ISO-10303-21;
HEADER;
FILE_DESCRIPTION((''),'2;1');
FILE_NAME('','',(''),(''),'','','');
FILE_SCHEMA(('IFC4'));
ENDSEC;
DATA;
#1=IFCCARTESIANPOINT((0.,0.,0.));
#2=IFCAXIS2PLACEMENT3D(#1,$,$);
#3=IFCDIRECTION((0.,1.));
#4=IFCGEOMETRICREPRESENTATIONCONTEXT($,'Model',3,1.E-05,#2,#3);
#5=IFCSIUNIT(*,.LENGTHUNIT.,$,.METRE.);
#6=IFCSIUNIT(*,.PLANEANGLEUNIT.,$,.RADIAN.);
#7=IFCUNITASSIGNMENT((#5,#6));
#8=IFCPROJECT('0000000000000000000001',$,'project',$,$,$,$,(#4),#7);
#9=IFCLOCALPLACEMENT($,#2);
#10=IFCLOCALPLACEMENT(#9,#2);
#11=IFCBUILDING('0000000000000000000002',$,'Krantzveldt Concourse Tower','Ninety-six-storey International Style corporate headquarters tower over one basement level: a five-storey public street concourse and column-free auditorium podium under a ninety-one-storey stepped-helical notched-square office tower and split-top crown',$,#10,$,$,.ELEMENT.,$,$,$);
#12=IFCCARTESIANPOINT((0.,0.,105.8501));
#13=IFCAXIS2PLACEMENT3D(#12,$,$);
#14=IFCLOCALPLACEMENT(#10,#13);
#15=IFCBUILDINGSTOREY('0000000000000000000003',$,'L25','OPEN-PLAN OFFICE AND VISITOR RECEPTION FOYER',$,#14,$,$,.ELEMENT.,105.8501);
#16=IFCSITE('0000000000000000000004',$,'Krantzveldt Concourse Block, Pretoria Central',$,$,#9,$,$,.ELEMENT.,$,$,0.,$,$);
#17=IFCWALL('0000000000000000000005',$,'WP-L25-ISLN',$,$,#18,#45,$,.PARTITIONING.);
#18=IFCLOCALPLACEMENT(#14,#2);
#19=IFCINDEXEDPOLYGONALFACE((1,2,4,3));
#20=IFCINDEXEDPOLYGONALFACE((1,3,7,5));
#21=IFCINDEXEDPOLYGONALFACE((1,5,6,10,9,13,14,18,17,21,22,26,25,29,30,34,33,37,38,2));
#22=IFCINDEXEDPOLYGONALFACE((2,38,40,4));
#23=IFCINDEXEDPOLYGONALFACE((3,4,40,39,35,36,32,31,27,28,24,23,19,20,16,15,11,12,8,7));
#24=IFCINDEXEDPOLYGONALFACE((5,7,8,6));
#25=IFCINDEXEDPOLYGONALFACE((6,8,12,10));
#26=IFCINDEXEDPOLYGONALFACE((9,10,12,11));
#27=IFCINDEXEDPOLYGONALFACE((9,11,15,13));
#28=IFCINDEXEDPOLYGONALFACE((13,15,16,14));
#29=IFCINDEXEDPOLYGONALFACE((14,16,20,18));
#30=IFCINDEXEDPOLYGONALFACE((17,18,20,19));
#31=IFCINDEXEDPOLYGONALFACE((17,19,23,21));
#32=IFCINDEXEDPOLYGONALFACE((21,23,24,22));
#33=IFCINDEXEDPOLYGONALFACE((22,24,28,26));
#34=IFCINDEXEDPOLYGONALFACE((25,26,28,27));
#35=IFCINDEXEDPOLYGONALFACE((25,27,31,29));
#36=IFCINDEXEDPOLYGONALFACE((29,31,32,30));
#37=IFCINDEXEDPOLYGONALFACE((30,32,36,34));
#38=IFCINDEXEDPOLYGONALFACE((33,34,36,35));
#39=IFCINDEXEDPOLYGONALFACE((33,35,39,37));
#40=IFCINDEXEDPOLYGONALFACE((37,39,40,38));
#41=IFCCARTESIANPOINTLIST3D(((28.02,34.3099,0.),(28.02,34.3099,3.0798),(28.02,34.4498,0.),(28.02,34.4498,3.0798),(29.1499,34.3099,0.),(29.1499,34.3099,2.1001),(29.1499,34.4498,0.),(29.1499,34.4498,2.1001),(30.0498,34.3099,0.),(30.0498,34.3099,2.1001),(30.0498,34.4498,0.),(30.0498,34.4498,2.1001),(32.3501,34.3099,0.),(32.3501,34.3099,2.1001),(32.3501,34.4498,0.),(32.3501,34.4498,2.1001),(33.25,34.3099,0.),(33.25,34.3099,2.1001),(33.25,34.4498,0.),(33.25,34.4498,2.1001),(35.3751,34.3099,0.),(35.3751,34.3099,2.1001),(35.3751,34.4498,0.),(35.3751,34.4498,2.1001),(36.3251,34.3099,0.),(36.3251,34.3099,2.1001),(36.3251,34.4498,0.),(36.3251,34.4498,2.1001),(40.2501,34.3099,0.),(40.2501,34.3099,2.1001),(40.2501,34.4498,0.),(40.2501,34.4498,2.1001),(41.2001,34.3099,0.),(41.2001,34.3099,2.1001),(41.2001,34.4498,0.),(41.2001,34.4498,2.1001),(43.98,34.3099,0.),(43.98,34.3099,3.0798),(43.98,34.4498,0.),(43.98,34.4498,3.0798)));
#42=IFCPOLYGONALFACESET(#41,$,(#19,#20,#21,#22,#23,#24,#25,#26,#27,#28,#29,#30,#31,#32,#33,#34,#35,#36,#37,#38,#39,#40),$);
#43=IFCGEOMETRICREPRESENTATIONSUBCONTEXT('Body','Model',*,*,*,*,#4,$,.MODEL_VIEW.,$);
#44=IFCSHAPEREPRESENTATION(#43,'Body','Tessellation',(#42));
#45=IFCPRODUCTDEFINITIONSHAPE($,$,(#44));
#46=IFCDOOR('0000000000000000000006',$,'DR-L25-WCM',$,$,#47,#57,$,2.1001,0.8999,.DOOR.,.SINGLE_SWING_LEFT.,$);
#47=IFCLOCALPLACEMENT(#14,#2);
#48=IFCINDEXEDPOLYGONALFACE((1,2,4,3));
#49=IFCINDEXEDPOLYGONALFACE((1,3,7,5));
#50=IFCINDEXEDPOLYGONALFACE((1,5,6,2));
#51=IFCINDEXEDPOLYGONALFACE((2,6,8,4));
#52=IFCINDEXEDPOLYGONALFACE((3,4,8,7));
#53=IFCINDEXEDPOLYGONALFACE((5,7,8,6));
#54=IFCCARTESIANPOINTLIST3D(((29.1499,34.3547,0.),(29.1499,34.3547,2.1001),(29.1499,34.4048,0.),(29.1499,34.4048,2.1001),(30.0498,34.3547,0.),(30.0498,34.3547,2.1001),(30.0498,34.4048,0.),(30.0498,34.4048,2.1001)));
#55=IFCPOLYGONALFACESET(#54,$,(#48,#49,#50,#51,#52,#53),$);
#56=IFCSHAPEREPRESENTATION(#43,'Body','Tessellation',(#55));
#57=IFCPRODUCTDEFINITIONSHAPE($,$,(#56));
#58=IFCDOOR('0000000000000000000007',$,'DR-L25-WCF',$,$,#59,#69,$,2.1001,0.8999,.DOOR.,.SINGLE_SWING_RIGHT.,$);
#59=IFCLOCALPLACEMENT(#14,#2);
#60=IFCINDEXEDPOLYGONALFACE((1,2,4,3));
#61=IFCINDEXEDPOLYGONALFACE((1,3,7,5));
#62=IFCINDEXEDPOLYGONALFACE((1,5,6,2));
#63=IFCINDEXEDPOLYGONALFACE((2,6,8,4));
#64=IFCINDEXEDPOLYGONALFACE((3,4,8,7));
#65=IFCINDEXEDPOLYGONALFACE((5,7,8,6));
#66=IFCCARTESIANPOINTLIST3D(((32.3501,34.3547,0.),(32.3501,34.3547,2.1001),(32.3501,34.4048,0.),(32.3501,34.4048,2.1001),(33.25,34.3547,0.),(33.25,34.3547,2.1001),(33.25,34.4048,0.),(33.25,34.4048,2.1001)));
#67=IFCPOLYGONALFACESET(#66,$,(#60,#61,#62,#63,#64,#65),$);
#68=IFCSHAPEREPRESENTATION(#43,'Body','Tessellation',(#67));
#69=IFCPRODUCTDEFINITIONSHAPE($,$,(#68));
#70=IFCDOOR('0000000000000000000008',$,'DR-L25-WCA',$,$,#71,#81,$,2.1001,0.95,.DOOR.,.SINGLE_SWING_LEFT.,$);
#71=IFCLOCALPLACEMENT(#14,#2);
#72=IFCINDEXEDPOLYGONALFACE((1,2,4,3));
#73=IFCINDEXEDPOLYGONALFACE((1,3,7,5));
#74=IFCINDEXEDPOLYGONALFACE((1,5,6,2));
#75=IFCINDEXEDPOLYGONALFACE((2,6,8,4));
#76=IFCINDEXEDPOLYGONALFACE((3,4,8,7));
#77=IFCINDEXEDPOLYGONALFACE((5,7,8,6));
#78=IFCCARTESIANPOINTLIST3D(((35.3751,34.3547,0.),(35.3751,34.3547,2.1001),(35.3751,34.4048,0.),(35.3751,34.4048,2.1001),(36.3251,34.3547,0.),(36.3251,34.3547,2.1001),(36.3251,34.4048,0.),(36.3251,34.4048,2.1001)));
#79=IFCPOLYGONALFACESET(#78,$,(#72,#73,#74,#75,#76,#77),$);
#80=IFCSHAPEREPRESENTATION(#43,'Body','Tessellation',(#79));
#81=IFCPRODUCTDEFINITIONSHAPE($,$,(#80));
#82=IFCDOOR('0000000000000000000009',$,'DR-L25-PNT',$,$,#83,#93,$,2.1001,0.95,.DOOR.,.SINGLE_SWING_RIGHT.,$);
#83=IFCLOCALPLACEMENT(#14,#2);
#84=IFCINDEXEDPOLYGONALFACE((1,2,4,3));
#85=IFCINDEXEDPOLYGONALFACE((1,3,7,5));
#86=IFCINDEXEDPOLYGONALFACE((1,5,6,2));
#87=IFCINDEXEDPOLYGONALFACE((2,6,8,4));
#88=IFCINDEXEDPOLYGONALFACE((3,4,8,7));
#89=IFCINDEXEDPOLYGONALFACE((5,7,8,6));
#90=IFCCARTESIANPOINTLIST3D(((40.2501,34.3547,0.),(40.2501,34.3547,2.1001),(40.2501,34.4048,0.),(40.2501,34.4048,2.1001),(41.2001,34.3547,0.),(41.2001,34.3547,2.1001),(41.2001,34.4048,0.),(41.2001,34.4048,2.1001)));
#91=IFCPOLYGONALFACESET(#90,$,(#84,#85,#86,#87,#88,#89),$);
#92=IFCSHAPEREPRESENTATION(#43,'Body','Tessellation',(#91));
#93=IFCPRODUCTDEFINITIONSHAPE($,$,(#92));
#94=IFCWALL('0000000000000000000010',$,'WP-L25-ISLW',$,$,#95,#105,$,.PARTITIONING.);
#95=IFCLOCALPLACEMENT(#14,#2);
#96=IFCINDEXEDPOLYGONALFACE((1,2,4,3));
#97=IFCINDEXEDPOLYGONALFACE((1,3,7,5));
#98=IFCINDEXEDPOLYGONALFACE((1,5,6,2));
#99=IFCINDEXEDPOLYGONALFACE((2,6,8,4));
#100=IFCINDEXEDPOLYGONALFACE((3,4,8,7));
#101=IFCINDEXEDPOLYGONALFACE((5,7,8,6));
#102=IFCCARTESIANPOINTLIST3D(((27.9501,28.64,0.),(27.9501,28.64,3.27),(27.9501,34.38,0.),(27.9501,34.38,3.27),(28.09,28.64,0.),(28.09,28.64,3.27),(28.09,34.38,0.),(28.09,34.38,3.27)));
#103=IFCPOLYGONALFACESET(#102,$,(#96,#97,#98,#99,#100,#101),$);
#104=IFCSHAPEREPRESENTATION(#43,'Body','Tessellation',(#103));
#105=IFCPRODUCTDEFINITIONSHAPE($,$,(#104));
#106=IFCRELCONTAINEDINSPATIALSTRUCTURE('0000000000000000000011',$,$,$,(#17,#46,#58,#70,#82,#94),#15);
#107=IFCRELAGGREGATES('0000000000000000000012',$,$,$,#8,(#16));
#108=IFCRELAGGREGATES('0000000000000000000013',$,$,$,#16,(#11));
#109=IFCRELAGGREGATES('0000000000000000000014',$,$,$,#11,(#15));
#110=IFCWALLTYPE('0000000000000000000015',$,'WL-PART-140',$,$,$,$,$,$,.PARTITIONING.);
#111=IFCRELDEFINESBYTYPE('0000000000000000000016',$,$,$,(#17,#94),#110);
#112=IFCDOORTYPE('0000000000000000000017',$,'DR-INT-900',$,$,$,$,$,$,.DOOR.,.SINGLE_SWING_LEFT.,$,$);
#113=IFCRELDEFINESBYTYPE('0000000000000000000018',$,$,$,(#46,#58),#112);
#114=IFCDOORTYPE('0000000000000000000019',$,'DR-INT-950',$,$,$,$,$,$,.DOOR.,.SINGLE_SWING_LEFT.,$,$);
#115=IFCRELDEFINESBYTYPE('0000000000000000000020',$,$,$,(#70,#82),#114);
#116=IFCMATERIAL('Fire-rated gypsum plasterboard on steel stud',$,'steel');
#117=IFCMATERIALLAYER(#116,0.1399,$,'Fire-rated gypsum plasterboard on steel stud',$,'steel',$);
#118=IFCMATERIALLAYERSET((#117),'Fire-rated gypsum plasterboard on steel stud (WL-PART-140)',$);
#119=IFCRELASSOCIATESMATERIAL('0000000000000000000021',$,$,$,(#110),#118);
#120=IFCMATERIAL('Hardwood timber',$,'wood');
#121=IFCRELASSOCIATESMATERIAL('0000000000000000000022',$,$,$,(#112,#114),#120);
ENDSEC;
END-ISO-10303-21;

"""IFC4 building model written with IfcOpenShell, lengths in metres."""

from ifc_helpers import new_model, si_unit, direction, frame, frame_2d, origin, place, context, subcontext, project, spatial, rectangle, extrude, material, layer, layer_set, type_object, element, fill, save


model = new_model("IFC4")

# Units and contexts
model_context = context("Model", 3, precision=1e-05, world=origin(), true_north=direction((0.0, 1.0)))
body_context = subcontext(model_context, "Body", "Model", "MODEL_VIEW")
ifc_project = project(units=[si_unit("LENGTHUNIT", "METRE"), si_unit("PLANEANGLEUNIT", "RADIAN")], contexts=[model_context])

# Site, building, storey
site_placement = place(None, origin())
site = spatial("IfcSite", under=ifc_project, at=site_placement, Name="Krantzveldt Concourse Block, Pretoria Central", CompositionType="ELEMENT", RefElevation=0.0)
building_placement = place(site_placement, origin())
building = spatial("IfcBuilding", under=site, at=building_placement, Name="Krantzveldt Concourse Tower", Description="Ninety-six-storey International Style corporate headquarters tower over one basement level: a five-storey public street concourse and column-free auditorium podium under a ninety-one-storey stepped-helical notched-square office tower and split-top crown", CompositionType="ELEMENT")
storey_placement = place(building_placement, frame((0.0, 0.0, 105.8501)))
storey = spatial("IfcBuildingStorey", under=building, at=storey_placement, Name="L25", Description="OPEN-PLAN OFFICE AND VISITOR RECEPTION FOYER", CompositionType="ELEMENT", Elevation=105.8501)

# Shared definitions
ifc_material_1 = material(Name="Fire-rated gypsum plasterboard on steel stud", Category="steel")

# Shared definitions
ifc_layer_1 = layer(ifc_material_1, 0.1399, Name="Fire-rated gypsum plasterboard on steel stud", Category="steel")
ifc_layer_set_1 = layer_set([ifc_layer_1], Name="Fire-rated gypsum plasterboard on steel stud (WL-PART-140)")
wall_type_1 = type_object("IfcWallType", Name="WL-PART-140", PredefinedType="PARTITIONING", material=ifc_layer_set_1)
ifc_material_2 = material(Name="Hardwood timber", Category="wood")

# Wall, openings, doors
wall_1_placement = place(storey_placement, frame((28.02, 34.3799, 0.0), z_axis=(0.0, 0.0, 1.0), x_axis=(1.0, 0.0, 0.0)))
wall_1 = element("IfcWall", 1, at=wall_1_placement, inside=storey, type_object=wall_type_1, Name="WP-L25-ISLN", PredefinedType="PARTITIONING", context=body_context, shape_type="SweptSolid", body=[
    extrude(rectangle(XDim=15.96, YDim=0.1399, at=frame_2d((7.98, 0.0))), origin(), (0.0, 0.0, 1.0), 3.0798),
])
opening_1_placement = place(wall_1_placement, frame((1.1299, 0.0, 0.0)))
opening_1 = element("IfcOpeningElement", 2, at=opening_1_placement, cuts=wall_1, PredefinedType="OPENING", context=body_context, shape_type="SweptSolid", body=[
    extrude(rectangle(XDim=0.8999, YDim=2.1001, at=frame_2d((0.45, 1.05))), frame((0.0, 0.0801, 0.0), z_axis=(0.0, -1.0, 0.0), x_axis=(1.0, 0.0, 0.0)), (0.0, 0.0, 1.0), 0.1599),
])
opening_2_placement = place(wall_1_placement, frame((4.3301, 0.0, 0.0)))
opening_2 = element("IfcOpeningElement", 3, at=opening_2_placement, cuts=wall_1, PredefinedType="OPENING", context=body_context, shape_type="SweptSolid", body=[
    extrude(rectangle(XDim=0.8999, YDim=2.1001, at=frame_2d((0.45, 1.05))), frame((0.0, 0.0801, 0.0), z_axis=(0.0, -1.0, 0.0), x_axis=(1.0, 0.0, 0.0)), (0.0, 0.0, 1.0), 0.1599),
])
opening_3_placement = place(wall_1_placement, frame((7.355, 0.0, 0.0)))
opening_3 = element("IfcOpeningElement", 4, at=opening_3_placement, cuts=wall_1, PredefinedType="OPENING", context=body_context, shape_type="SweptSolid", body=[
    extrude(rectangle(XDim=0.95, YDim=2.1001, at=frame_2d((0.4751, 1.05))), frame((0.0, 0.0801, 0.0), z_axis=(0.0, -1.0, 0.0), x_axis=(1.0, 0.0, 0.0)), (0.0, 0.0, 1.0), 0.1599),
])
opening_4_placement = place(wall_1_placement, frame((12.23, 0.0, 0.0)))
opening_4 = element("IfcOpeningElement", 5, at=opening_4_placement, cuts=wall_1, PredefinedType="OPENING", context=body_context, shape_type="SweptSolid", body=[
    extrude(rectangle(XDim=0.95, YDim=2.1001, at=frame_2d((0.4751, 1.05))), frame((0.0, 0.0801, 0.0), z_axis=(0.0, -1.0, 0.0), x_axis=(1.0, 0.0, 0.0)), (0.0, 0.0, 1.0), 0.1599),
])
door_type_1 = type_object("IfcDoorType", Name="DR-INT-900", OperationType="SINGLE_SWING_LEFT", PredefinedType="DOOR", material=ifc_material_2)
door_1_placement = place(opening_1_placement, origin())
door_1 = element("IfcDoor", 6, at=door_1_placement, inside=storey, type_object=door_type_1, Name="DR-L25-WCM", OperationType="SINGLE_SWING_LEFT", OverallHeight=2.1001, OverallWidth=0.8999, PredefinedType="DOOR", context=body_context, shape_type="SweptSolid", body=[
    extrude(rectangle(XDim=0.8999, YDim=2.1001, at=frame_2d((0.45, 1.05))), frame((0.0, 0.0249, 0.0), z_axis=(0.0, -1.0, 0.0), x_axis=(1.0, 0.0, 0.0)), (0.0, 0.0, 1.0), 0.05),
])
fill(opening_1, door_1)
door_2_placement = place(opening_2_placement, origin())
door_2 = element("IfcDoor", 7, at=door_2_placement, inside=storey, type_object=door_type_1, Name="DR-L25-WCF", OperationType="SINGLE_SWING_RIGHT", OverallHeight=2.1001, OverallWidth=0.8999, PredefinedType="DOOR", context=body_context, shape_type="SweptSolid", body=[
    extrude(rectangle(XDim=0.8999, YDim=2.1001, at=frame_2d((0.45, 1.05))), frame((0.0, 0.0249, 0.0), z_axis=(0.0, -1.0, 0.0), x_axis=(1.0, 0.0, 0.0)), (0.0, 0.0, 1.0), 0.05),
])
fill(opening_2, door_2)
door_type_2 = type_object("IfcDoorType", Name="DR-INT-950", OperationType="SINGLE_SWING_LEFT", PredefinedType="DOOR", material=ifc_material_2)
door_3_placement = place(opening_3_placement, origin())
door_3 = element("IfcDoor", 8, at=door_3_placement, inside=storey, type_object=door_type_2, Name="DR-L25-WCA", OperationType="SINGLE_SWING_LEFT", OverallHeight=2.1001, OverallWidth=0.95, PredefinedType="DOOR", context=body_context, shape_type="SweptSolid", body=[
    extrude(rectangle(XDim=0.95, YDim=2.1001, at=frame_2d((0.4751, 1.05))), frame((0.0, 0.0249, 0.0), z_axis=(0.0, -1.0, 0.0), x_axis=(1.0, 0.0, 0.0)), (0.0, 0.0, 1.0), 0.05),
])
fill(opening_3, door_3)
door_4_placement = place(opening_4_placement, origin())
door_4 = element("IfcDoor", 9, at=door_4_placement, inside=storey, type_object=door_type_2, Name="DR-L25-PNT", OperationType="SINGLE_SWING_RIGHT", OverallHeight=2.1001, OverallWidth=0.95, PredefinedType="DOOR", context=body_context, shape_type="SweptSolid", body=[
    extrude(rectangle(XDim=0.95, YDim=2.1001, at=frame_2d((0.4751, 1.05))), frame((0.0, 0.0249, 0.0), z_axis=(0.0, -1.0, 0.0), x_axis=(1.0, 0.0, 0.0)), (0.0, 0.0, 1.0), 0.05),
])
fill(opening_4, door_4)

# Wall
wall_2_placement = place(storey_placement, frame((28.02, 28.6399, 0.0), z_axis=(0.0, 0.0, 1.0), x_axis=(0.0, 1.0, 0.0)))
element("IfcWall", 10, at=wall_2_placement, inside=storey, type_object=wall_type_1, Name="WP-L25-ISLW", PredefinedType="PARTITIONING", context=body_context, shape_type="SweptSolid", body=[
    extrude(rectangle(XDim=5.74, YDim=0.1399, at=frame_2d((2.8701, 0.0))), origin(), (0.0, 0.0, 1.0), 3.27),
])

save(model, "model.ifc")
